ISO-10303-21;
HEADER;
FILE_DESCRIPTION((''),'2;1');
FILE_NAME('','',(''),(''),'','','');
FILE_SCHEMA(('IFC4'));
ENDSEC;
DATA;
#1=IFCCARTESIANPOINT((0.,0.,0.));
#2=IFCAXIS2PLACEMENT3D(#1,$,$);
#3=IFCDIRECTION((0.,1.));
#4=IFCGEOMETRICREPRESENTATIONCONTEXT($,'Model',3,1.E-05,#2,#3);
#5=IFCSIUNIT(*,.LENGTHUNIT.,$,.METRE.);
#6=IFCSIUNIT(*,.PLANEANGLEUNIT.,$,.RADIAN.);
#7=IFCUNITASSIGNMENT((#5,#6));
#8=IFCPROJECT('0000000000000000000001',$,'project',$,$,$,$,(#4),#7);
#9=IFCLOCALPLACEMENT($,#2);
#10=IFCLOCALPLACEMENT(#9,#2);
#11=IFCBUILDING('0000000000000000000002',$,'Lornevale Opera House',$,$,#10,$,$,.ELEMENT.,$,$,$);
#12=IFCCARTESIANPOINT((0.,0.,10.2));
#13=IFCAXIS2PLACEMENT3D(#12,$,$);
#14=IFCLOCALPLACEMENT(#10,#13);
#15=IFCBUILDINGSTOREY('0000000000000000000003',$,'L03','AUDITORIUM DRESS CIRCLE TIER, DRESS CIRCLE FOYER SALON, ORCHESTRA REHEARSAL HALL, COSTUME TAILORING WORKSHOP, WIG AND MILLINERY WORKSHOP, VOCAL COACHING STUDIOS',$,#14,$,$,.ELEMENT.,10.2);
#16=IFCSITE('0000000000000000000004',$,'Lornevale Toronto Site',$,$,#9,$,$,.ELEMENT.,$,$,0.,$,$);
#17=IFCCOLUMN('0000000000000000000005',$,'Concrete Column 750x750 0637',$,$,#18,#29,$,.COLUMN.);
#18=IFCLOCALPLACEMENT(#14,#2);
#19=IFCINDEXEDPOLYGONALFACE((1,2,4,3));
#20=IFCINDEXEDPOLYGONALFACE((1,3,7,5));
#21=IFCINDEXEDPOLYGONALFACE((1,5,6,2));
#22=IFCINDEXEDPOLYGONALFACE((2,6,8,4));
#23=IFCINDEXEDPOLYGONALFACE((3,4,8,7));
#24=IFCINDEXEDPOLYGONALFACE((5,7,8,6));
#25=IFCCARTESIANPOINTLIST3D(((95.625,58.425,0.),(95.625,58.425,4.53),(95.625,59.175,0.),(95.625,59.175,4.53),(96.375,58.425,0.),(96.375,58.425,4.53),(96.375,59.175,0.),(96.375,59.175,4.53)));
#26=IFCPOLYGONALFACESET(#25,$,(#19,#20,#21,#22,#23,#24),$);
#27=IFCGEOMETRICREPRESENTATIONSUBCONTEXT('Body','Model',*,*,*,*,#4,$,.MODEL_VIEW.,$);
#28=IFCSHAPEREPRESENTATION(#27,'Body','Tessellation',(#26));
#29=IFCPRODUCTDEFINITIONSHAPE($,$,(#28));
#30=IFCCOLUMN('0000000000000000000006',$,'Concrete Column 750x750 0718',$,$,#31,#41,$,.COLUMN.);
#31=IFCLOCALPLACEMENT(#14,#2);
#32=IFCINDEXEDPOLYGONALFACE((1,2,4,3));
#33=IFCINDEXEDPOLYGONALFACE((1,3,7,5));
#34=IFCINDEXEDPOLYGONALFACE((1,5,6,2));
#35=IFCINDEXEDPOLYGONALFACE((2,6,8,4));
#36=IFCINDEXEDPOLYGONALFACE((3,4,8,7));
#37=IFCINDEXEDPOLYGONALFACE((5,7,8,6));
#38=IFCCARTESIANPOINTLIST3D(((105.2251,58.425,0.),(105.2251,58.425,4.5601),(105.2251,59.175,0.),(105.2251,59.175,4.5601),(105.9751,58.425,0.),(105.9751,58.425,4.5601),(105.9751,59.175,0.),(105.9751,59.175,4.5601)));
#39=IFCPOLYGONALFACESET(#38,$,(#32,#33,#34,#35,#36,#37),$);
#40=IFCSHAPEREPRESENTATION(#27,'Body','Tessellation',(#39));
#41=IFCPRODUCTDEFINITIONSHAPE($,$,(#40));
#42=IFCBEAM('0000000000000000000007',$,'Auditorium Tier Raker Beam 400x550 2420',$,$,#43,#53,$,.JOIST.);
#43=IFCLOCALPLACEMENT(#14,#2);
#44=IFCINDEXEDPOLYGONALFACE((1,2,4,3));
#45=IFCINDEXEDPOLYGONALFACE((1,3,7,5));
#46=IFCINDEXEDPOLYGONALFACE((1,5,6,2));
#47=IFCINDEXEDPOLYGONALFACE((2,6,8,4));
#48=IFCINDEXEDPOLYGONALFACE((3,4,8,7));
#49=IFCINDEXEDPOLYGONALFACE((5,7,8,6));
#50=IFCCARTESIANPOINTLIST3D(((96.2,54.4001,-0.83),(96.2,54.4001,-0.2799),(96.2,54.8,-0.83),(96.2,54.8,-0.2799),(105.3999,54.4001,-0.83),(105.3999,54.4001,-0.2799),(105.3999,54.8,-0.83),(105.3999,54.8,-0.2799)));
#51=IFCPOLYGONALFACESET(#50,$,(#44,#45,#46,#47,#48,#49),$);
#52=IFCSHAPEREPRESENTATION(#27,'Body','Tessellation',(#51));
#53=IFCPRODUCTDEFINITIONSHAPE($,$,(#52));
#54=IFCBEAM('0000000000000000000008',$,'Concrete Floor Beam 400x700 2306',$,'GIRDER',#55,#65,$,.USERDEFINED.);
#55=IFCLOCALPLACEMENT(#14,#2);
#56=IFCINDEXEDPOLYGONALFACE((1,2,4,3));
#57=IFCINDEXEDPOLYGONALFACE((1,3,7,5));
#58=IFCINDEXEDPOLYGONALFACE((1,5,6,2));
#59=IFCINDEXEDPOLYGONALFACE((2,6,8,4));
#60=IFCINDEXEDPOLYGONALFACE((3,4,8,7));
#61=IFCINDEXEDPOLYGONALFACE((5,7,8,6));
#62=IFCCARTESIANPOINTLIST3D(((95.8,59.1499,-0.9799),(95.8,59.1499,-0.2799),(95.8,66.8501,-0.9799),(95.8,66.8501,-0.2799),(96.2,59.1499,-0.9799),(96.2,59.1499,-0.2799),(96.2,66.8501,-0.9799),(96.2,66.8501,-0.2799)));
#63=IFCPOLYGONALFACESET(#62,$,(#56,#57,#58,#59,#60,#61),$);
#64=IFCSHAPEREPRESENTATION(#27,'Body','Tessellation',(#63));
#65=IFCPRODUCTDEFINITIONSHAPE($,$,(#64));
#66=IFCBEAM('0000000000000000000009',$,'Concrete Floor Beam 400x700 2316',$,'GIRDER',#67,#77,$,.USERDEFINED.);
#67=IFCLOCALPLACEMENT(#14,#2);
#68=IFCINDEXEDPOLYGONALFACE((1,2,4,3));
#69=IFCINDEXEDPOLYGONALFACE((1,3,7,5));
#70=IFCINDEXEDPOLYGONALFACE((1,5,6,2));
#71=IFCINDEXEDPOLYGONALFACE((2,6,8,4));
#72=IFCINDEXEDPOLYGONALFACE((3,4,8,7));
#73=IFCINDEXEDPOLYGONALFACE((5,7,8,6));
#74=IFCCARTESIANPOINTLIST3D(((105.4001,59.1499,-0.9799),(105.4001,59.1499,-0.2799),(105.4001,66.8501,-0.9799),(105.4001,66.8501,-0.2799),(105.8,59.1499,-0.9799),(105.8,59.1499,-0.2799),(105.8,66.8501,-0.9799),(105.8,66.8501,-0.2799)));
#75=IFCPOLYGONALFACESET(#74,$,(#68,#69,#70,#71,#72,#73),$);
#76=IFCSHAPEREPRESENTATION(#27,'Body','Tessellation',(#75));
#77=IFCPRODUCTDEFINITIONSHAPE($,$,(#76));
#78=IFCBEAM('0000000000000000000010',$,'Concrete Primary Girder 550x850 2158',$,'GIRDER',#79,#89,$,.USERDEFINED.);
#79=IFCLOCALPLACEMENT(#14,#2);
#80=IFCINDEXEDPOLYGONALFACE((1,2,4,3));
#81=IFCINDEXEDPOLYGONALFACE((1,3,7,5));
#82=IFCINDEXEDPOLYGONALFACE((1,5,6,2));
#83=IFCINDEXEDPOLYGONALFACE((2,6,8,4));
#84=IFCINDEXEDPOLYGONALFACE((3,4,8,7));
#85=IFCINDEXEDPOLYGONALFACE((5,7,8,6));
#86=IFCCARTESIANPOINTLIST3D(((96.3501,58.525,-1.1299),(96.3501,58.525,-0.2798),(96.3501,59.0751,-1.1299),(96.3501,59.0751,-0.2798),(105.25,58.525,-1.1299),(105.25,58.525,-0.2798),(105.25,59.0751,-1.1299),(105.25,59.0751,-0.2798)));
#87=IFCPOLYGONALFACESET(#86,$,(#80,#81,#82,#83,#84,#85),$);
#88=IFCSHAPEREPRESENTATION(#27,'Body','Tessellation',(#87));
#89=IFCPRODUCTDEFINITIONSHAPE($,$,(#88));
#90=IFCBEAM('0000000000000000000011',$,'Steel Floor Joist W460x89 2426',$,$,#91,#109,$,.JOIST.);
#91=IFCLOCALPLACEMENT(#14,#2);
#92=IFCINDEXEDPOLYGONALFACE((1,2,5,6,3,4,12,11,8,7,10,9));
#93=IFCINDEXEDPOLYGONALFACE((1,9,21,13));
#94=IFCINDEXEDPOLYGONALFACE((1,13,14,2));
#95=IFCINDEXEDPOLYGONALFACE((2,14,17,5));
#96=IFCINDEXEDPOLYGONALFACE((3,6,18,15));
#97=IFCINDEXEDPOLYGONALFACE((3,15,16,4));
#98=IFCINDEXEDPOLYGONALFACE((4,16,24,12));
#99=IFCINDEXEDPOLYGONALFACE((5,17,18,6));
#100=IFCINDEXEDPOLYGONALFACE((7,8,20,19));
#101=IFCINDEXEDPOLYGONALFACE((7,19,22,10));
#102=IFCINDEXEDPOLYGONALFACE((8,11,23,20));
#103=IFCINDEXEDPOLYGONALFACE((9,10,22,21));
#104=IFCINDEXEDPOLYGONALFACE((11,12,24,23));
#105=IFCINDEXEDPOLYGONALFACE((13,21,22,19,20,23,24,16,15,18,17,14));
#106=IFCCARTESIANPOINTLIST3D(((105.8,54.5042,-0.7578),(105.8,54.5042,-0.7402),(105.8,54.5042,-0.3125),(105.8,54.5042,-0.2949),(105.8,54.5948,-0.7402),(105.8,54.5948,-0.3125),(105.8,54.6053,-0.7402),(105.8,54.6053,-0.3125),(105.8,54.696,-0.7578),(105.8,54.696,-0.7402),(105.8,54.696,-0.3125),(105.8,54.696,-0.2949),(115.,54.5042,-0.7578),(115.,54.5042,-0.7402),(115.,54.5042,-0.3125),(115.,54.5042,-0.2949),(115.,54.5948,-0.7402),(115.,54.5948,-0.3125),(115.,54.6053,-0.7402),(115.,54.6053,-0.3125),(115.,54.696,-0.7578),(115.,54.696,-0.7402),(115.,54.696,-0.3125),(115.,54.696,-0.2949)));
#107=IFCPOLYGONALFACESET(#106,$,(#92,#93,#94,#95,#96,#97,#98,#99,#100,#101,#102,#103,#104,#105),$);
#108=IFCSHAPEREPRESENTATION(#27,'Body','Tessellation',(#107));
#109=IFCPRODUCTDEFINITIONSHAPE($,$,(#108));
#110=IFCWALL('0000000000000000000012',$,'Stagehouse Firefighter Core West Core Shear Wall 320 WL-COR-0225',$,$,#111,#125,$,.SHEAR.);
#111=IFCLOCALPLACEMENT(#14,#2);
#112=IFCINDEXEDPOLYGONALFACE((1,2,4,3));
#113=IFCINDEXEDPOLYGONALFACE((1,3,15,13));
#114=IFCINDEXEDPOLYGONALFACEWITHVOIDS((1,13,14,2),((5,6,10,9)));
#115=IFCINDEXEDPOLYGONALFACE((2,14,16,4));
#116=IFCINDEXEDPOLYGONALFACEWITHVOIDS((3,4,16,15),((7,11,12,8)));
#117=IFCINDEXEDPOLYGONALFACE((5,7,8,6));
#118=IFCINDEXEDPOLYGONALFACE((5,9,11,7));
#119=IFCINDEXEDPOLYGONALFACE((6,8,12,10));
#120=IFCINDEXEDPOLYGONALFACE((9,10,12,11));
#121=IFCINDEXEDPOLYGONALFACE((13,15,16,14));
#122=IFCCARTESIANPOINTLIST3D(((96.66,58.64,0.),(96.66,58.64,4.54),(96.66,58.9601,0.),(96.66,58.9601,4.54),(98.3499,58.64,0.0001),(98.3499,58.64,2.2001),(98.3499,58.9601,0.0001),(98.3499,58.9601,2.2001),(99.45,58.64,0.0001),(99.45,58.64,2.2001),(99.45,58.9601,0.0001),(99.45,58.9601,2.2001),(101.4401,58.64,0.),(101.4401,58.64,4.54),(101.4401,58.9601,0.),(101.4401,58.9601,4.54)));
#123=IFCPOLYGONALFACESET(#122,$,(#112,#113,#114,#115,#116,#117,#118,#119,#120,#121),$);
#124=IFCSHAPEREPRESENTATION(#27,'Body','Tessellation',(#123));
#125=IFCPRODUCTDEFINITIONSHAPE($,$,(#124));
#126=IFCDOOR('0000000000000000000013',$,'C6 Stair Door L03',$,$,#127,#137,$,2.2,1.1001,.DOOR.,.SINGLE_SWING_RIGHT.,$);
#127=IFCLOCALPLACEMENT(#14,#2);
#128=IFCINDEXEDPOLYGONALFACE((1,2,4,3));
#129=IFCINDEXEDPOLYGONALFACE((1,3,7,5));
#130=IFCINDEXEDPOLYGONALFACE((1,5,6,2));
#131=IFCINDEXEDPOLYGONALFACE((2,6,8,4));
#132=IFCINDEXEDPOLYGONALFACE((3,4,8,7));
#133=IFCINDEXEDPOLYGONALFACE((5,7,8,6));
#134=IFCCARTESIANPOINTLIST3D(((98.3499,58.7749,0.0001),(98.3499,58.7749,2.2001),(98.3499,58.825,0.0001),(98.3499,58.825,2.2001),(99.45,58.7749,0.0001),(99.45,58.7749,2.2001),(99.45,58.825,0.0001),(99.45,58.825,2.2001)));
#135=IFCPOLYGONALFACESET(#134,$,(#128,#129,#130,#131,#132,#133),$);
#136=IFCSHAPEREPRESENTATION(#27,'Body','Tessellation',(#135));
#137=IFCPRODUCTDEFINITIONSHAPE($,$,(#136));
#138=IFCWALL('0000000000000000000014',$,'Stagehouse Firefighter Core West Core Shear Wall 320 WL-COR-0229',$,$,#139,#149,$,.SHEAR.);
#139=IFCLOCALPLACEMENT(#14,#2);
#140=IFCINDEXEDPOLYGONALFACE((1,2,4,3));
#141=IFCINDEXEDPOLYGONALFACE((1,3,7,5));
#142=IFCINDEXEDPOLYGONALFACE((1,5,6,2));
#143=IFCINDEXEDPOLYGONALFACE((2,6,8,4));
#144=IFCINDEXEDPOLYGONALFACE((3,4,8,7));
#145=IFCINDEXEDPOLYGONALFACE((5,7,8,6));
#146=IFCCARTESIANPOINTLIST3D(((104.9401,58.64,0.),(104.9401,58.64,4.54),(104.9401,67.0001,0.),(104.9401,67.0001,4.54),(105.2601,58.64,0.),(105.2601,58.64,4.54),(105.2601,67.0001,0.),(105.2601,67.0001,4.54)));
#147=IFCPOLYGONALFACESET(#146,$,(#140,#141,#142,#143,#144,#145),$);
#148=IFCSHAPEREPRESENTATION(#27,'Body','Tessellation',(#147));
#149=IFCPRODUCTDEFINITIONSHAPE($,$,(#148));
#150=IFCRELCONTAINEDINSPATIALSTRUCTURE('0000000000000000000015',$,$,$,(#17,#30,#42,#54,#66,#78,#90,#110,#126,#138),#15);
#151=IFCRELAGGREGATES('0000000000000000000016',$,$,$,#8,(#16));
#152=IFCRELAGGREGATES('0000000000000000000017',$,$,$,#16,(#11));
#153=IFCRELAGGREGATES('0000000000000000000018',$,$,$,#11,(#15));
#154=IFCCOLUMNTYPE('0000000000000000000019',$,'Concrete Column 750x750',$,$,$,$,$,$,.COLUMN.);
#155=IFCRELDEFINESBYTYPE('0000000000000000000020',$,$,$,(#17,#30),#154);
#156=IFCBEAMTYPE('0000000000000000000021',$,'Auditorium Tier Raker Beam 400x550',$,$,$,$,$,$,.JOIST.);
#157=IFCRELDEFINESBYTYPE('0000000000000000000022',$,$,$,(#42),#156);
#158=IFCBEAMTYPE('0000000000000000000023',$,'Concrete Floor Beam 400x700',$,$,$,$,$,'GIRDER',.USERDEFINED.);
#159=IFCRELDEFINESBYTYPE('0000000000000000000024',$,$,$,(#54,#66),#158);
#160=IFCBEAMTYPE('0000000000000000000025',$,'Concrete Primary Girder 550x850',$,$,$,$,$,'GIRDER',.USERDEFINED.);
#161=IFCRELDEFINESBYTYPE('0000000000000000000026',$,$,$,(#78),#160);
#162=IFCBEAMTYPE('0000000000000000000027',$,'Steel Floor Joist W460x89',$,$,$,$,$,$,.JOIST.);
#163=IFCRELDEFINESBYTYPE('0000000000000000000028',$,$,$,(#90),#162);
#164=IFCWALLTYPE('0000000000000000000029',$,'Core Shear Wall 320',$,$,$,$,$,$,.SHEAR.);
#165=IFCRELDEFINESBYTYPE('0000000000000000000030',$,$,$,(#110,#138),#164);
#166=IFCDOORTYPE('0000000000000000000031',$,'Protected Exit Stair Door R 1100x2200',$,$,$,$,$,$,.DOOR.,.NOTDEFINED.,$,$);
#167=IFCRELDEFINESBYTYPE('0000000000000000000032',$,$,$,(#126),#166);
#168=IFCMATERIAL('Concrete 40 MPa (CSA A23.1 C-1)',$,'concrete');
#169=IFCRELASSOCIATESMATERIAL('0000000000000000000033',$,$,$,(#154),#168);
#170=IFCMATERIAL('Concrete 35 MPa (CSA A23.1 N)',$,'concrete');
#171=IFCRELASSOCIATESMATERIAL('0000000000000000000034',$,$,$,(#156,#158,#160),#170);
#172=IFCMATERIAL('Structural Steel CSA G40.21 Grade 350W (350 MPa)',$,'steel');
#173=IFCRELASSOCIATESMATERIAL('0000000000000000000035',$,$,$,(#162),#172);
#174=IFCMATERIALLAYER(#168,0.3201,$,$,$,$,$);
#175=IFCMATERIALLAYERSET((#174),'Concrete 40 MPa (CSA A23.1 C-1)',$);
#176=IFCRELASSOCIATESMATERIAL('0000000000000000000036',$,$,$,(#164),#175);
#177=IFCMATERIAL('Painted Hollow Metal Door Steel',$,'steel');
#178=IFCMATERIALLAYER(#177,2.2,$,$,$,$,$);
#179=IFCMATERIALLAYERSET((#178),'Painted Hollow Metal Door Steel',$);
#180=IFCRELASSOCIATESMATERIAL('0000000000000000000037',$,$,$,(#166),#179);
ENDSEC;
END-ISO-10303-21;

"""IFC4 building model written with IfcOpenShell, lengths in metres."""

from ifc_helpers import new_model, si_unit, direction, frame, frame_2d, origin, origin_2d, place, context, subcontext, project, spatial, rectangle, i_section, extrude, material, layer, layer_set, material_profile, profile_set, type_object, element, fill, save


model = new_model("IFC4")

# Units and contexts
model_context = context("Model", 3, precision=1e-05, world=origin(), true_north=direction((0.0, 1.0)))
body_context = subcontext(model_context, "Body", "Model", "MODEL_VIEW")
ifc_project = project(units=[si_unit("LENGTHUNIT", "METRE"), si_unit("PLANEANGLEUNIT", "RADIAN")], contexts=[model_context])

# Site, building, storey
site_placement = place(None, origin())
site = spatial("IfcSite", under=ifc_project, at=site_placement, Name="Lornevale Toronto Site", CompositionType="ELEMENT", RefElevation=0.0)
building_placement = place(site_placement, origin())
building = spatial("IfcBuilding", under=site, at=building_placement, Name="Lornevale Opera House", CompositionType="ELEMENT")
storey_placement = place(building_placement, frame((0.0, 0.0, 10.2)))
storey = spatial("IfcBuildingStorey", under=building, at=storey_placement, Name="L03", Description="AUDITORIUM DRESS CIRCLE TIER, DRESS CIRCLE FOYER SALON, ORCHESTRA REHEARSAL HALL, COSTUME TAILORING WORKSHOP, WIG AND MILLINERY WORKSHOP, VOCAL COACHING STUDIOS", CompositionType="ELEMENT", Elevation=10.2)

# Columns
ifc_material_1 = material(Name="Concrete 40 MPa (CSA A23.1 C-1)", Category="concrete")
ifc_material_profile_1 = material_profile(ifc_material_1, rectangle(XDim=0.75, YDim=0.75, at=origin_2d()), Name="RC750x750")
ifc_profile_set_1 = profile_set([ifc_material_profile_1], Name="Concrete 40 MPa (CSA A23.1 C-1)")
column_type = type_object("IfcColumnType", Name="Concrete Column 750x750", PredefinedType="COLUMN", material=ifc_profile_set_1)
column_1_placement = place(storey_placement, frame((96.0, 58.8, 0.0), z_axis=(0.0, 0.0, 1.0), x_axis=(1.0, 0.0, 0.0)))
element("IfcColumn", 1, at=column_1_placement, inside=storey, type_object=column_type, Name="Concrete Column 750x750 0637", PredefinedType="COLUMN", context=body_context, shape_type="SweptSolid", body=[
    extrude(rectangle(XDim=0.75, YDim=0.75, at=origin_2d()), origin(), (0.0, 0.0, 1.0), 4.53),
])
column_2_placement = place(storey_placement, frame((105.6001, 58.8, 0.0), z_axis=(0.0, 0.0, 1.0), x_axis=(1.0, 0.0, 0.0)))
element("IfcColumn", 2, at=column_2_placement, inside=storey, type_object=column_type, Name="Concrete Column 750x750 0718", PredefinedType="COLUMN", context=body_context, shape_type="SweptSolid", body=[
    extrude(rectangle(XDim=0.75, YDim=0.75, at=origin_2d()), origin(), (0.0, 0.0, 1.0), 4.5601),
])

# Beams
ifc_material_2 = material(Name="Concrete 35 MPa (CSA A23.1 N)", Category="concrete")
ifc_material_profile_2 = material_profile(ifc_material_2, rectangle(XDim=0.3999, YDim=0.55, at=origin_2d()), Name="RC400x550")
ifc_profile_set_2 = profile_set([ifc_material_profile_2], Name="Concrete 35 MPa (CSA A23.1 N)")
beam_type_1 = type_object("IfcBeamType", Name="Auditorium Tier Raker Beam 400x550", PredefinedType="JOIST", material=ifc_profile_set_2)
beam_1_placement = place(storey_placement, frame((96.2, 54.6001, -0.5549), z_axis=(1.0, 0.0, 0.0), x_axis=(0.0, 1.0, 0.0)))
element("IfcBeam", 3, at=beam_1_placement, inside=storey, type_object=beam_type_1, Name="Auditorium Tier Raker Beam 400x550 2420", PredefinedType="JOIST", context=body_context, shape_type="SweptSolid", body=[
    extrude(rectangle(XDim=0.3999, YDim=0.55, at=origin_2d()), origin(), (0.0, 0.0, 1.0), 9.2),
])
ifc_material_profile_3 = material_profile(ifc_material_2, rectangle(XDim=0.3999, YDim=0.7, at=origin_2d()), Name="RC400x700")
ifc_profile_set_3 = profile_set([ifc_material_profile_3], Name="Concrete 35 MPa (CSA A23.1 N)")
beam_type_2 = type_object("IfcBeamType", Name="Concrete Floor Beam 400x700", ElementType="GIRDER", PredefinedType="USERDEFINED", material=ifc_profile_set_3)
for number, where, z_axis, x_axis, name in (
    (4, (96.0, 59.1499, -0.6299), (0.0, 1.0, 0.0), (-1.0, 0.0, 0.0), "Concrete Floor Beam 400x700 2306"),
    (5, (105.6001, 59.1499, -0.6299), (0.0, 1.0, 0.0), (-1.0, 0.0, 0.0), "Concrete Floor Beam 400x700 2316"),
):
    element("IfcBeam", number, at=place(storey_placement, frame(where, z_axis=z_axis, x_axis=x_axis)), inside=storey, type_object=beam_type_2, Name=name, ObjectType="GIRDER", PredefinedType="USERDEFINED", context=body_context, shape_type="SweptSolid", body=[
        extrude(rectangle(XDim=0.3999, YDim=0.7, at=origin_2d()), origin(), (0.0, 0.0, 1.0), 7.7002),
    ])
ifc_material_profile_4 = material_profile(ifc_material_2, rectangle(XDim=0.55, YDim=0.8501, at=origin_2d()), Name="RC550x850")
ifc_profile_set_4 = profile_set([ifc_material_profile_4], Name="Concrete 35 MPa (CSA A23.1 N)")
beam_type_3 = type_object("IfcBeamType", Name="Concrete Primary Girder 550x850", ElementType="GIRDER", PredefinedType="USERDEFINED", material=ifc_profile_set_4)
beam_2_placement = place(storey_placement, frame((96.3501, 58.8, -0.7048), z_axis=(1.0, 0.0, 0.0), x_axis=(0.0, 1.0, 0.0)))
element("IfcBeam", 6, at=beam_2_placement, inside=storey, type_object=beam_type_3, Name="Concrete Primary Girder 550x850 2158", ObjectType="GIRDER", PredefinedType="USERDEFINED", context=body_context, shape_type="SweptSolid", body=[
    extrude(rectangle(XDim=0.55, YDim=0.8501, at=origin_2d()), origin(), (0.0, 0.0, 1.0), 8.8999),
])
ifc_material_3 = material(Name="Structural Steel CSA G40.21 Grade 350W (350 MPa)", Category="steel")
ifc_material_profile_5 = material_profile(ifc_material_3, i_section(OverallWidth=0.1919, OverallDepth=0.4629, WebThickness=0.0105, FlangeThickness=0.0176, at=origin_2d()), Name="W460x89")
ifc_profile_set_5 = profile_set([ifc_material_profile_5], Name="Structural Steel CSA G40.21 Grade 350W (350 MPa)")
beam_type_4 = type_object("IfcBeamType", Name="Steel Floor Joist W460x89", PredefinedType="JOIST", material=ifc_profile_set_5)
beam_3_placement = place(storey_placement, frame((105.8, 54.6001, -0.5264), z_axis=(1.0, 0.0, 0.0), x_axis=(0.0, 1.0, 0.0)))
element("IfcBeam", 7, at=beam_3_placement, inside=storey, type_object=beam_type_4, Name="Steel Floor Joist W460x89 2426", PredefinedType="JOIST", context=body_context, shape_type="SweptSolid", body=[
    extrude(i_section(OverallWidth=0.1919, OverallDepth=0.4629, WebThickness=0.0105, FlangeThickness=0.0176, at=origin_2d()), origin(), (0.0, 0.0, 1.0), 9.2),
])

# Wall, opening, door
ifc_layer_1 = layer(ifc_material_1, 0.3201)
ifc_layer_set_1 = layer_set([ifc_layer_1], Name="Concrete 40 MPa (CSA A23.1 C-1)")
wall_type_1 = type_object("IfcWallType", Name="Core Shear Wall 320", PredefinedType="SHEAR", material=ifc_layer_set_1)
wall_1_placement = place(storey_placement, frame((96.6599, 58.8, 0.0), z_axis=(0.0, 0.0, 1.0), x_axis=(1.0, 0.0, 0.0)))
wall_1 = element("IfcWall", 8, at=wall_1_placement, inside=storey, type_object=wall_type_1, Name="Stagehouse Firefighter Core West Core Shear Wall 320 WL-COR-0225", PredefinedType="SHEAR", context=body_context, shape_type="SweptSolid", body=[
    extrude(rectangle(XDim=4.78, YDim=0.3201, at=frame_2d((2.3901, 0.0))), origin(), (0.0, 0.0, 1.0), 4.54),
])
opening_1_placement = place(wall_1_placement, frame((1.6899, 0.0, 0.0)))
opening_1 = element("IfcOpeningElement", 9, at=opening_1_placement, cuts=wall_1, PredefinedType="OPENING", context=body_context, shape_type="SweptSolid", body=[
    extrude(rectangle(XDim=1.1001, YDim=2.2, at=frame_2d((0.55, 1.1001))), frame((0.0, 0.1699, 0.0), z_axis=(0.0, -1.0, 0.0), x_axis=(1.0, 0.0, 0.0)), (0.0, 0.0, 1.0), 0.3401),
])
ifc_material_4 = material(Name="Painted Hollow Metal Door Steel", Category="steel")
ifc_layer_2 = layer(ifc_material_4, 2.2)
ifc_layer_set_2 = layer_set([ifc_layer_2], Name="Painted Hollow Metal Door Steel")
door_type_1 = type_object("IfcDoorType", Name="Protected Exit Stair Door R 1100x2200", OperationType="NOTDEFINED", PredefinedType="DOOR", material=ifc_layer_set_2)
door_1_placement = place(opening_1_placement, origin())
door_1 = element("IfcDoor", 10, at=door_1_placement, inside=storey, type_object=door_type_1, Name="C6 Stair Door L03", OperationType="SINGLE_SWING_RIGHT", OverallHeight=2.2, OverallWidth=1.1001, PredefinedType="DOOR", context=body_context, shape_type="SweptSolid", body=[
    extrude(rectangle(XDim=1.1001, YDim=2.2, at=frame_2d((0.55, 1.1001))), frame((0.0, 0.0249, 0.0), z_axis=(0.0, -1.0, 0.0), x_axis=(1.0, 0.0, 0.0)), (0.0, 0.0, 1.0), 0.05),
])
fill(opening_1, door_1)

# Wall
wall_2_placement = place(storey_placement, frame((105.1001, 58.6399, 0.0), z_axis=(0.0, 0.0, 1.0), x_axis=(0.0, 1.0, 0.0)))
element("IfcWall", 11, at=wall_2_placement, inside=storey, type_object=wall_type_1, Name="Stagehouse Firefighter Core West Core Shear Wall 320 WL-COR-0229", PredefinedType="SHEAR", context=body_context, shape_type="SweptSolid", body=[
    extrude(rectangle(XDim=8.3601, YDim=0.3201, at=frame_2d((4.1802, 0.0))), origin(), (0.0, 0.0, 1.0), 4.54),
])

save(model, "model.ifc")
